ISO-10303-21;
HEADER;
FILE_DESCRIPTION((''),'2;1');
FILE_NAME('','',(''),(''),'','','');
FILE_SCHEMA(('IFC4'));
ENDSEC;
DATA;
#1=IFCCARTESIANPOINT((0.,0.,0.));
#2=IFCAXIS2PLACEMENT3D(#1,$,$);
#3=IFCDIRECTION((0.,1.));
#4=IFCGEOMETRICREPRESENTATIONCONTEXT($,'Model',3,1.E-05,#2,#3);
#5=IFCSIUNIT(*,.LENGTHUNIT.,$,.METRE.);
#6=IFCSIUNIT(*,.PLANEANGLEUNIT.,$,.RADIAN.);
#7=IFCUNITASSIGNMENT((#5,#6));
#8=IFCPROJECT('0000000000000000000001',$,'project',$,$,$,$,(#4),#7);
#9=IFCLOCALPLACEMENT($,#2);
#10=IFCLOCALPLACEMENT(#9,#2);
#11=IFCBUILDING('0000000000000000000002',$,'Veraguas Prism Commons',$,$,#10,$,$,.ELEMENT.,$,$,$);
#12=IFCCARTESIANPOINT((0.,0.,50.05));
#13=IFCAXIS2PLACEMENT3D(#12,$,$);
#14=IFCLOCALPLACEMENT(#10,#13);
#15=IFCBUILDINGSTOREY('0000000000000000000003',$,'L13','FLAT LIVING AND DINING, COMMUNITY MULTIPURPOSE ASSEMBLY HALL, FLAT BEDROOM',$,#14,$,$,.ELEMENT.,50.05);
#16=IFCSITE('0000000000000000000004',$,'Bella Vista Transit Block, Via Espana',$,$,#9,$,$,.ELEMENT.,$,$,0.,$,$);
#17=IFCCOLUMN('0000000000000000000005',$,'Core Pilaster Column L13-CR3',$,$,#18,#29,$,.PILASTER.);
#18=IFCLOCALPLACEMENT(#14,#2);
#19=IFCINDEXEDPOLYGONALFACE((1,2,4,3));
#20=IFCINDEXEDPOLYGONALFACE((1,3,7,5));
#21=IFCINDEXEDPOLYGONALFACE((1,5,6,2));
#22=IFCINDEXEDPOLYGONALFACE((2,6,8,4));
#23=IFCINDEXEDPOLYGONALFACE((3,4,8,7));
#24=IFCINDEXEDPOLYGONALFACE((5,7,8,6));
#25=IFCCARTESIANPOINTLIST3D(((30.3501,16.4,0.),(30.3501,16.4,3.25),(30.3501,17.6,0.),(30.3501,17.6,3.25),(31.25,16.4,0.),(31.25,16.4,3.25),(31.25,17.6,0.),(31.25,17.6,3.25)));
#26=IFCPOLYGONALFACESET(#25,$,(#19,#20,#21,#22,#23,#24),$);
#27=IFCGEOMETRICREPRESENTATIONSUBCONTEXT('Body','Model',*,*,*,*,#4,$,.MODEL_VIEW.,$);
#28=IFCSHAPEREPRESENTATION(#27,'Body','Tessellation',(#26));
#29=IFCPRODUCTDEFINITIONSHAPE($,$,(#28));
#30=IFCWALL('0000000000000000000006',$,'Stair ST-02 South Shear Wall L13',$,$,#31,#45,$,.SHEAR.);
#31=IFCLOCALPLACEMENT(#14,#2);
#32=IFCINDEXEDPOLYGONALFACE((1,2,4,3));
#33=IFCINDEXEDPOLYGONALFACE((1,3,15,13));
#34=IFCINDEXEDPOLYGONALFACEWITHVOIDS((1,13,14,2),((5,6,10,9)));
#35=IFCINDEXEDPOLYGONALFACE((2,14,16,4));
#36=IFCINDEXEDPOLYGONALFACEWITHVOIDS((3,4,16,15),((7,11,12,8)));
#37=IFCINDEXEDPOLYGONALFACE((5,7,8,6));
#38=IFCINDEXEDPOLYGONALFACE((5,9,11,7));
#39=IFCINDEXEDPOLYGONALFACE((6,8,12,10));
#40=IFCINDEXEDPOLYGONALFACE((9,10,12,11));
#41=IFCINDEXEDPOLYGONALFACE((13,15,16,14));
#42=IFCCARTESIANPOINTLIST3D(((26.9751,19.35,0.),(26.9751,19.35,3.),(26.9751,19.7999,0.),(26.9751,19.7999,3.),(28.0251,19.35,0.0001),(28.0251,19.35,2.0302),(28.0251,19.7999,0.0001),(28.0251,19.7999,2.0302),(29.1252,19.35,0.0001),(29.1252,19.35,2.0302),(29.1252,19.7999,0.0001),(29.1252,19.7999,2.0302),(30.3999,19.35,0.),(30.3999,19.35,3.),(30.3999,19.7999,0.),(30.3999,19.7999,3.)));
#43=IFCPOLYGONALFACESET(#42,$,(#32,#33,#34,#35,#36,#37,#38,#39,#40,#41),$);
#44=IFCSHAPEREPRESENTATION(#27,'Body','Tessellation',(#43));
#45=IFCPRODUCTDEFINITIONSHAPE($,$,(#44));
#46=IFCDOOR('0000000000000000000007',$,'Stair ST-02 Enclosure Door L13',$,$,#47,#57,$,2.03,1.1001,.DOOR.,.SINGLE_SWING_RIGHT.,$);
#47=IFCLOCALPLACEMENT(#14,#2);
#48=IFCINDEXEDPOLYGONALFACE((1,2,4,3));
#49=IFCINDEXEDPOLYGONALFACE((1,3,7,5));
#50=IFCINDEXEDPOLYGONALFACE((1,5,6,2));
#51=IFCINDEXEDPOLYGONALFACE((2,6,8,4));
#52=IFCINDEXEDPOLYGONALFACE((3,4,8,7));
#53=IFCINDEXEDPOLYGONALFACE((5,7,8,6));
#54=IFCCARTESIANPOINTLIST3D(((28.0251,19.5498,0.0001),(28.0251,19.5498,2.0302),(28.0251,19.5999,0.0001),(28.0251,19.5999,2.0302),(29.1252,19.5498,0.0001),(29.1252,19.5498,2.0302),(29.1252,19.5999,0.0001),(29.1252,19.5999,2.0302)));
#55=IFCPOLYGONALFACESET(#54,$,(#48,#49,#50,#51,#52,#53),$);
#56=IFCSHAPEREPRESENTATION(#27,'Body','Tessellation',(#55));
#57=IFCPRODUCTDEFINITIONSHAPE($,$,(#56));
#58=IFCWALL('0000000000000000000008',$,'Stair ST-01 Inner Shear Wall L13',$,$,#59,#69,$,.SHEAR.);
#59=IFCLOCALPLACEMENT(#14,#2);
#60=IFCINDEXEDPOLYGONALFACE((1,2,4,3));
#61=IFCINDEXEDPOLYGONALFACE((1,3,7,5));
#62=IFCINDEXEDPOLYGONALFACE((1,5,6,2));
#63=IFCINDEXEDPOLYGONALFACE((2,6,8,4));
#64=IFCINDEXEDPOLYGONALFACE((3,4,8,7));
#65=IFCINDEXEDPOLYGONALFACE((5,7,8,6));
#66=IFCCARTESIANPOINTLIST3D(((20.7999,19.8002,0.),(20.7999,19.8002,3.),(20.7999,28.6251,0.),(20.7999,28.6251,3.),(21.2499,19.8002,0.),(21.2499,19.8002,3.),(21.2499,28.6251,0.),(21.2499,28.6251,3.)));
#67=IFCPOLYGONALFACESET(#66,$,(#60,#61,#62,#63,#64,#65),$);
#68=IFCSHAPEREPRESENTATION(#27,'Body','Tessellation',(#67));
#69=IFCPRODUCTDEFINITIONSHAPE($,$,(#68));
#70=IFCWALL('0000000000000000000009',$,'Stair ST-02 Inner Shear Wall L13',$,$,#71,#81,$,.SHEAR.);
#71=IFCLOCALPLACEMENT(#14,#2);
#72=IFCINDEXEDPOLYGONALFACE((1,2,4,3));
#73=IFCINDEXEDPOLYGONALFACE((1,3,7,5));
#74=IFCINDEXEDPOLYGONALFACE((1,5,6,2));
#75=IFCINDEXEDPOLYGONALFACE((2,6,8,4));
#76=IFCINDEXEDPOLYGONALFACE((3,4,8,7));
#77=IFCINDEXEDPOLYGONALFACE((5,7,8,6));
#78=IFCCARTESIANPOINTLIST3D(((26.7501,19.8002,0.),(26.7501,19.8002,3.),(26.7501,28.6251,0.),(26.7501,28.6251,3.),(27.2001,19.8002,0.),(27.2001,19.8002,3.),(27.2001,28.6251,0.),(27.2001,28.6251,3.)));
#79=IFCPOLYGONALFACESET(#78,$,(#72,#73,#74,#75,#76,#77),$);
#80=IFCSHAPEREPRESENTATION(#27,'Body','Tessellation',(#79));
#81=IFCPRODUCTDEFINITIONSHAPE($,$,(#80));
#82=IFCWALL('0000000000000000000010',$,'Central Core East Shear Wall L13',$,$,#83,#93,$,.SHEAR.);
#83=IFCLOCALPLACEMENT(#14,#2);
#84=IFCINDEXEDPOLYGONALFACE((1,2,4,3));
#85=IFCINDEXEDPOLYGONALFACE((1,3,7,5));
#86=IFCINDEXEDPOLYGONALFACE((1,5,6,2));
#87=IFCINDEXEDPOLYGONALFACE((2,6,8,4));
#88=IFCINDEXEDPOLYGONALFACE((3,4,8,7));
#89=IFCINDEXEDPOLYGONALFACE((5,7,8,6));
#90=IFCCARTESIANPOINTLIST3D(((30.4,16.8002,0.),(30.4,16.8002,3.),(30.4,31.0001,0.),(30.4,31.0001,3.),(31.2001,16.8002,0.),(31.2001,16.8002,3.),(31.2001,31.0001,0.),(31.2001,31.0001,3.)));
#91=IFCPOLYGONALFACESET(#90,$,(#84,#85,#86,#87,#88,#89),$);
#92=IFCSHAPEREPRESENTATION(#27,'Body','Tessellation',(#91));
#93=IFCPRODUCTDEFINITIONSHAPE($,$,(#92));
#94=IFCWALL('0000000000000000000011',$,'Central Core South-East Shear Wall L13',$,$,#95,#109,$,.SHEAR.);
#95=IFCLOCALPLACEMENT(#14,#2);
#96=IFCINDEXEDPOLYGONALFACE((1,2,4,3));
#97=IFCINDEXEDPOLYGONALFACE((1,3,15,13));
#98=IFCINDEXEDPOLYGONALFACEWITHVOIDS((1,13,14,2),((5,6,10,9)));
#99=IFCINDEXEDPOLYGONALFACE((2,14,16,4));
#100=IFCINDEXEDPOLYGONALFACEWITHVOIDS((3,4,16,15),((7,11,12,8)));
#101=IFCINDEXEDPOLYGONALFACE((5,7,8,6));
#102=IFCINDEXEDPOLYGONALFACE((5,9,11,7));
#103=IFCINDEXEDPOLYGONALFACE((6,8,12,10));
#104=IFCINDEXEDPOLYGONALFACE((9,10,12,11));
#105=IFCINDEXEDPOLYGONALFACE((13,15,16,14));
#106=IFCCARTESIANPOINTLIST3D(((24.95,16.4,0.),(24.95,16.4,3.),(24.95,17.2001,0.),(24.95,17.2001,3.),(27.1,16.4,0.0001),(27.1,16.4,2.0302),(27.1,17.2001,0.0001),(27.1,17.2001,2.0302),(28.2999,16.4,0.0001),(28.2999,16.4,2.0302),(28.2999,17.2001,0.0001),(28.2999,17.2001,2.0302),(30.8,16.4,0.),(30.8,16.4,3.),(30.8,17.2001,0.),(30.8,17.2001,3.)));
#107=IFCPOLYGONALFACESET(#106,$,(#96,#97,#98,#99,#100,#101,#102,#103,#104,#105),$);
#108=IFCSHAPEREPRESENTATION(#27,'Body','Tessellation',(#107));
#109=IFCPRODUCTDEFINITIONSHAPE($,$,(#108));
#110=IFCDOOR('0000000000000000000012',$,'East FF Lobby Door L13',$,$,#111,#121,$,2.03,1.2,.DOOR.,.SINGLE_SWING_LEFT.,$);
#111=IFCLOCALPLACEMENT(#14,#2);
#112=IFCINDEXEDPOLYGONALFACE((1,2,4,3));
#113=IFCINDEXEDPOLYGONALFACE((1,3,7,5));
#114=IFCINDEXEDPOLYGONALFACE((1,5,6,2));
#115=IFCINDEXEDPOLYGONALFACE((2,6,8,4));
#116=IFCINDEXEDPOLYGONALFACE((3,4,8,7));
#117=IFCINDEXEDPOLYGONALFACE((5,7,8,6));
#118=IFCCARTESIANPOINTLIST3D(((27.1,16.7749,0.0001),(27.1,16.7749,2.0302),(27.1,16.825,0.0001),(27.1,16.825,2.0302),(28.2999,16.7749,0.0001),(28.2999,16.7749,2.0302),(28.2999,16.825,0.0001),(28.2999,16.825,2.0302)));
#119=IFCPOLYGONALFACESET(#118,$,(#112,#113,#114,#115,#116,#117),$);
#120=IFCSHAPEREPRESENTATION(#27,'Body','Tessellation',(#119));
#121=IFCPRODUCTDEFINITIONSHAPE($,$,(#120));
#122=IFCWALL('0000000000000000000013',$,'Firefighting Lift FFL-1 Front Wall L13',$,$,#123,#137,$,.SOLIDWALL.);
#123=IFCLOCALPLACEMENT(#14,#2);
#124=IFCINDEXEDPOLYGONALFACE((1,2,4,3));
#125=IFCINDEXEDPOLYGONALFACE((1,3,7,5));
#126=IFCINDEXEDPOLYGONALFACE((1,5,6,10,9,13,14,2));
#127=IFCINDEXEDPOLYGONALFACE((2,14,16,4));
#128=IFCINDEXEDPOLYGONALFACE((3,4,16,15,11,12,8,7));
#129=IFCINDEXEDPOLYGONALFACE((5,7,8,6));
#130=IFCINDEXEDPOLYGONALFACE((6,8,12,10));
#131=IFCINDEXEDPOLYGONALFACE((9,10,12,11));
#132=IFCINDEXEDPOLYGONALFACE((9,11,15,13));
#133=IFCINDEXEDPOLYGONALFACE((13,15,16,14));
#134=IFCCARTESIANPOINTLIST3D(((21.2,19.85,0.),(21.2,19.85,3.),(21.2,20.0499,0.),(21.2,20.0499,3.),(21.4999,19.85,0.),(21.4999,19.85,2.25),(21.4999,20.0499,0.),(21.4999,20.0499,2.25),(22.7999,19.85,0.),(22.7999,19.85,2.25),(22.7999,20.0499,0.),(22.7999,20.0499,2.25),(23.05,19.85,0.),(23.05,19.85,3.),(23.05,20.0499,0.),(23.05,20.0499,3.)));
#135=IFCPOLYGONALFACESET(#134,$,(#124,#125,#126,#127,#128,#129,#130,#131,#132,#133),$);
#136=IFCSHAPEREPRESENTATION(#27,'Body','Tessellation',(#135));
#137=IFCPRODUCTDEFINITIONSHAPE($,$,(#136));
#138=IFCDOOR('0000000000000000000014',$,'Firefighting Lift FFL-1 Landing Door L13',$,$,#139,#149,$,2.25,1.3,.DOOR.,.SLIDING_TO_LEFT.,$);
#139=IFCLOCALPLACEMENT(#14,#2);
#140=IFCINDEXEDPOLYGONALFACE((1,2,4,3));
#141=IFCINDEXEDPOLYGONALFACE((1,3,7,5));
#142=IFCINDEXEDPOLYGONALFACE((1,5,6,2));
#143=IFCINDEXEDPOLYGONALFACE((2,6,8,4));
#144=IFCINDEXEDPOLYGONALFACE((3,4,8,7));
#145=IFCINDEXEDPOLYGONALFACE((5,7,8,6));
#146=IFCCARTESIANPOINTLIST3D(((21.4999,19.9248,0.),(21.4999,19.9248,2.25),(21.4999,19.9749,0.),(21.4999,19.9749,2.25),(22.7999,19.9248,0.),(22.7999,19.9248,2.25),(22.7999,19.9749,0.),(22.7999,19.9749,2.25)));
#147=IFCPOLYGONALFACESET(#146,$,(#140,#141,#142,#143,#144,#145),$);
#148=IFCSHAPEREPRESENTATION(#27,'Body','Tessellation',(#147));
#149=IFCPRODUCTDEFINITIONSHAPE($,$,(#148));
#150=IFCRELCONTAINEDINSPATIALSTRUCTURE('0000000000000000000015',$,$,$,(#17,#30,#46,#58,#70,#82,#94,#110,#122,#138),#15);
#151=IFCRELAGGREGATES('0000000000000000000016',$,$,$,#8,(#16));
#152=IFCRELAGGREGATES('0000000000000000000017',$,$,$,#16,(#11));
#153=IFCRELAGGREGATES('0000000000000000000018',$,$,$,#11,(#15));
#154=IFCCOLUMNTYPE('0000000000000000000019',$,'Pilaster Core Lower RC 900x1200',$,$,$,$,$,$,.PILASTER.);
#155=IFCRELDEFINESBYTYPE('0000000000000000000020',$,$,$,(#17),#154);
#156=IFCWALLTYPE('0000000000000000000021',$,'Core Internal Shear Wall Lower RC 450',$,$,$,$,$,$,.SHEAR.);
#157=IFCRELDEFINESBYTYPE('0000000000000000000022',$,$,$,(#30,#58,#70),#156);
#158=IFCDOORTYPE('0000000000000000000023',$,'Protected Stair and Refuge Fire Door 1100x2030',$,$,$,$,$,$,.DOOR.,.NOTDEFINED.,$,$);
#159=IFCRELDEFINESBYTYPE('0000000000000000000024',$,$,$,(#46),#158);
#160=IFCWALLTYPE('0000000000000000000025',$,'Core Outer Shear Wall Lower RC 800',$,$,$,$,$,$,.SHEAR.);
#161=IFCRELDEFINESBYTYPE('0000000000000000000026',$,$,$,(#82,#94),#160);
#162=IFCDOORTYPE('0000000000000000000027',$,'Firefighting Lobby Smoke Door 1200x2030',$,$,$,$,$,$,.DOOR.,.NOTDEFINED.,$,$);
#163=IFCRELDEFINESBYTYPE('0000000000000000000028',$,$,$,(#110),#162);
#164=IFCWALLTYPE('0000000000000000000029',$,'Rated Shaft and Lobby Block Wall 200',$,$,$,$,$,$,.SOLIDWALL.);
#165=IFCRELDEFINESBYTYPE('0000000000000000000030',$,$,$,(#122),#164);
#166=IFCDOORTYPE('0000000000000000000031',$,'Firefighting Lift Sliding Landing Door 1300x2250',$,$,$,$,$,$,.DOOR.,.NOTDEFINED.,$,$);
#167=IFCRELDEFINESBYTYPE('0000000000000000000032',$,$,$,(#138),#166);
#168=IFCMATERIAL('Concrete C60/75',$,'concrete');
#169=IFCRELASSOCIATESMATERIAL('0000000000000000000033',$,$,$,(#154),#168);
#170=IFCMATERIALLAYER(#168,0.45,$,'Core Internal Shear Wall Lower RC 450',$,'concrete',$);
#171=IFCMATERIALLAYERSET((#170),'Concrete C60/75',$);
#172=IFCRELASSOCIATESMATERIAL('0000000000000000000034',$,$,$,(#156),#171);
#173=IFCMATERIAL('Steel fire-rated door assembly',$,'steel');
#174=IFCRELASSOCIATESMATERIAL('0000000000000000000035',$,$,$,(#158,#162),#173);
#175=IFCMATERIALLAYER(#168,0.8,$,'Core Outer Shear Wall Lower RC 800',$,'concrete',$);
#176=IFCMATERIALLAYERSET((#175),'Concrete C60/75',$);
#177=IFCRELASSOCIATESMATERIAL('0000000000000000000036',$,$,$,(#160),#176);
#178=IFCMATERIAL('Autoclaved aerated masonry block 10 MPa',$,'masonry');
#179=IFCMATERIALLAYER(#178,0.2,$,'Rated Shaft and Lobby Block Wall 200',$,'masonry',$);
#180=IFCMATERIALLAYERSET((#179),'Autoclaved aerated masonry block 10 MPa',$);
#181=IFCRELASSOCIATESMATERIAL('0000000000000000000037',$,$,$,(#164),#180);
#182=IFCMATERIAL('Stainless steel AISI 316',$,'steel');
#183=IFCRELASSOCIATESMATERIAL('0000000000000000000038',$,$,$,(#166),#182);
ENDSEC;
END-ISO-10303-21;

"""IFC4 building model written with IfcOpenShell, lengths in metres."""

from ifc_helpers import new_model, si_unit, direction, frame, frame_2d, origin, origin_2d, place, context, subcontext, project, spatial, rectangle, extrude, source, transform, mapped, material, layer, layer_set, material_profile, profile_set, type_object, element, fill, save


model = new_model("IFC4")

# Units and contexts
model_context = context("Model", 3, precision=1e-05, world=origin(), true_north=direction((0.0, 1.0)))
body_context = subcontext(model_context, "Body", "Model", "MODEL_VIEW")
ifc_project = project(units=[si_unit("LENGTHUNIT", "METRE"), si_unit("PLANEANGLEUNIT", "RADIAN")], contexts=[model_context])

# Site, building, storey
site_placement = place(None, origin())
site = spatial("IfcSite", under=ifc_project, at=site_placement, Name="Bella Vista Transit Block, Via Espana", CompositionType="ELEMENT", RefElevation=0.0)
building_placement = place(site_placement, origin())
building = spatial("IfcBuilding", under=site, at=building_placement, Name="Veraguas Prism Commons", CompositionType="ELEMENT")
storey_placement = place(building_placement, frame((0.0, 0.0, 50.05)))
storey = spatial("IfcBuildingStorey", under=building, at=storey_placement, Name="L13", Description="FLAT LIVING AND DINING, COMMUNITY MULTIPURPOSE ASSEMBLY HALL, FLAT BEDROOM", CompositionType="ELEMENT", Elevation=50.05)

# Column
ifc_material_1 = material(Name="Concrete C60/75", Category="concrete")
ifc_material_profile = material_profile(ifc_material_1, rectangle(XDim=0.8999, YDim=1.2, at=origin_2d()), Name="RC900X1200")
ifc_profile_set = profile_set([ifc_material_profile], Name="Concrete C60/75")
column_type = type_object("IfcColumnType", Name="Pilaster Core Lower RC 900x1200", PredefinedType="PILASTER", material=ifc_profile_set)
column_placement = place(storey_placement, frame((30.8, 17.0, 0.0), z_axis=(0.0, 0.0, 1.0), x_axis=(1.0, 0.0, 0.0)))
element("IfcColumn", 1, at=column_placement, inside=storey, type_object=column_type, Name="Core Pilaster Column L13-CR3", PredefinedType="PILASTER", context=body_context, shape_type="SweptSolid", body=[
    extrude(rectangle(XDim=0.8999, YDim=1.2, at=origin_2d()), origin(), (0.0, 0.0, 1.0), 3.25),
])

# Wall, opening, door
ifc_layer_1 = layer(ifc_material_1, 0.45, Name="Core Internal Shear Wall Lower RC 450", Category="concrete")
ifc_layer_set_1 = layer_set([ifc_layer_1], Name="Concrete C60/75")
wall_type_1 = type_object("IfcWallType", Name="Core Internal Shear Wall Lower RC 450", PredefinedType="SHEAR", material=ifc_layer_set_1)
wall_1_placement = place(storey_placement, frame((26.9751, 19.575, 0.0), z_axis=(0.0, 0.0, 1.0), x_axis=(1.0, 0.0, 0.0)))
wall_1 = element("IfcWall", 2, at=wall_1_placement, inside=storey, type_object=wall_type_1, Name="Stair ST-02 South Shear Wall L13", PredefinedType="SHEAR", context=body_context, shape_type="SweptSolid", body=[
    extrude(rectangle(XDim=3.4248, YDim=0.45, at=frame_2d((1.7124, 0.0))), origin(), (0.0, 0.0, 1.0), 3.0),
])
opening_1_placement = place(wall_1_placement, frame((1.05, 0.0, 0.0)))
opening_1 = element("IfcOpeningElement", 3, at=opening_1_placement, cuts=wall_1, PredefinedType="OPENING", context=body_context, shape_type="SweptSolid", body=[
    extrude(rectangle(XDim=1.1001, YDim=2.03, at=frame_2d((0.55, 1.0151))), frame((0.0, 0.2349, 0.0), z_axis=(0.0, -1.0, 0.0), x_axis=(1.0, 0.0, 0.0)), (0.0, 0.0, 1.0), 0.47),
])
ifc_material_2 = material(Name="Steel fire-rated door assembly", Category="steel")
door_type_1 = type_object("IfcDoorType", Name="Protected Stair and Refuge Fire Door 1100x2030", OperationType="NOTDEFINED", PredefinedType="DOOR", material=ifc_material_2)
shared_shape_1 = source(origin(), body_context, "Body", "SweptSolid", [
    extrude(rectangle(XDim=1.1001, YDim=2.03, at=frame_2d((0.55, 1.0151))), frame((0.0, 0.0249, 0.0), z_axis=(0.0, -1.0, 0.0), x_axis=(1.0, 0.0, 0.0)), (0.0, 0.0, 1.0), 0.05),
])
door_1_placement = place(opening_1_placement, origin())
door_1 = element("IfcDoor", 4, at=door_1_placement, inside=storey, type_object=door_type_1, Name="Stair ST-02 Enclosure Door L13", OperationType="SINGLE_SWING_RIGHT", OverallHeight=2.03, OverallWidth=1.1001, PredefinedType="DOOR", context=body_context, shape_type="MappedRepresentation", body=[
    mapped(shared_shape_1, transform((0.0, 0.0, 0.0), scale=1.0)),
])
fill(opening_1, door_1)

# Walls
for number, where, z_axis, x_axis, name in (
    (5, (21.0249, 19.8, 0.0), (0.0, 0.0, 1.0), (0.0, 1.0, 0.0), "Stair ST-01 Inner Shear Wall L13"),
    (6, (26.9751, 19.8, 0.0), (0.0, 0.0, 1.0), (0.0, 1.0, 0.0), "Stair ST-02 Inner Shear Wall L13"),
):
    element("IfcWall", number, at=place(storey_placement, frame(where, z_axis=z_axis, x_axis=x_axis)), inside=storey, type_object=wall_type_1, Name=name, PredefinedType="SHEAR", context=body_context, shape_type="SweptSolid", body=[
        extrude(rectangle(XDim=8.825, YDim=0.45, at=frame_2d((4.4126, 0.0))), origin(), (0.0, 0.0, 1.0), 3.0),
    ])
ifc_layer_2 = layer(ifc_material_1, 0.8, Name="Core Outer Shear Wall Lower RC 800", Category="concrete")
ifc_layer_set_2 = layer_set([ifc_layer_2], Name="Concrete C60/75")
wall_type_2 = type_object("IfcWallType", Name="Core Outer Shear Wall Lower RC 800", PredefinedType="SHEAR", material=ifc_layer_set_2)
wall_2_placement = place(storey_placement, frame((30.8, 16.8, 0.0), z_axis=(0.0, 0.0, 1.0), x_axis=(0.0, 1.0, 0.0)))
element("IfcWall", 7, at=wall_2_placement, inside=storey, type_object=wall_type_2, Name="Central Core East Shear Wall L13", PredefinedType="SHEAR", context=body_context, shape_type="SweptSolid", body=[
    extrude(rectangle(XDim=14.2, YDim=0.8, at=frame_2d((7.1001, 0.0))), origin(), (0.0, 0.0, 1.0), 3.0),
])

# Walls, openings, doors
wall_3_placement = place(storey_placement, frame((24.95, 16.8, 0.0), z_axis=(0.0, 0.0, 1.0), x_axis=(1.0, 0.0, 0.0)))
wall_3 = element("IfcWall", 8, at=wall_3_placement, inside=storey, type_object=wall_type_2, Name="Central Core South-East Shear Wall L13", PredefinedType="SHEAR", context=body_context, shape_type="SweptSolid", body=[
    extrude(rectangle(XDim=5.8501, YDim=0.8, at=frame_2d((2.925, 0.0))), origin(), (0.0, 0.0, 1.0), 3.0),
])
opening_2_placement = place(wall_3_placement, frame((2.1499, 0.0, 0.0)))
opening_2 = element("IfcOpeningElement", 9, at=opening_2_placement, cuts=wall_3, PredefinedType="OPENING", context=body_context, shape_type="SweptSolid", body=[
    extrude(rectangle(XDim=1.2, YDim=2.03, at=frame_2d((0.6001, 1.0151))), frame((0.0, 0.4099, 0.0), z_axis=(0.0, -1.0, 0.0), x_axis=(1.0, 0.0, 0.0)), (0.0, 0.0, 1.0), 0.8201),
])
door_type_2 = type_object("IfcDoorType", Name="Firefighting Lobby Smoke Door 1200x2030", OperationType="NOTDEFINED", PredefinedType="DOOR", material=ifc_material_2)
shared_shape_2 = source(origin(), body_context, "Body", "SweptSolid", [
    extrude(rectangle(XDim=1.2, YDim=2.03, at=frame_2d((0.6001, 1.0151))), frame((0.0, 0.0249, 0.0), z_axis=(0.0, -1.0, 0.0), x_axis=(1.0, 0.0, 0.0)), (0.0, 0.0, 1.0), 0.05),
])
door_2_placement = place(opening_2_placement, origin())
door_2 = element("IfcDoor", 10, at=door_2_placement, inside=storey, type_object=door_type_2, Name="East FF Lobby Door L13", OperationType="SINGLE_SWING_LEFT", OverallHeight=2.03, OverallWidth=1.2, PredefinedType="DOOR", context=body_context, shape_type="MappedRepresentation", body=[
    mapped(shared_shape_2, transform((0.0, 0.0, 0.0), scale=1.0)),
])
fill(opening_2, door_2)
ifc_material_3 = material(Name="Autoclaved aerated masonry block 10 MPa", Category="masonry")
ifc_layer_3 = layer(ifc_material_3, 0.2, Name="Rated Shaft and Lobby Block Wall 200", Category="masonry")
ifc_layer_set_3 = layer_set([ifc_layer_3], Name="Autoclaved aerated masonry block 10 MPa")
wall_type_3 = type_object("IfcWallType", Name="Rated Shaft and Lobby Block Wall 200", PredefinedType="SOLIDWALL", material=ifc_layer_set_3)
wall_4_placement = place(storey_placement, frame((21.2, 19.95, 0.0), z_axis=(0.0, 0.0, 1.0), x_axis=(1.0, 0.0, 0.0)))
wall_4 = element("IfcWall", 11, at=wall_4_placement, inside=storey, type_object=wall_type_3, Name="Firefighting Lift FFL-1 Front Wall L13", PredefinedType="SOLIDWALL", context=body_context, shape_type="SweptSolid", body=[
    extrude(rectangle(XDim=1.8501, YDim=0.2, at=frame_2d((0.925, 0.0))), origin(), (0.0, 0.0, 1.0), 3.0),
])
opening_3_placement = place(wall_4_placement, frame((0.3, 0.0, 0.0)))
opening_3 = element("IfcOpeningElement", 12, at=opening_3_placement, cuts=wall_4, PredefinedType="OPENING", context=body_context, shape_type="SweptSolid", body=[
    extrude(rectangle(XDim=1.3, YDim=2.25, at=frame_2d((0.6499, 1.125))), frame((0.0, 0.1099, 0.0), z_axis=(0.0, -1.0, 0.0), x_axis=(1.0, 0.0, 0.0)), (0.0, 0.0, 1.0), 0.22),
])
ifc_material_4 = material(Name="Stainless steel AISI 316", Category="steel")
door_type_3 = type_object("IfcDoorType", Name="Firefighting Lift Sliding Landing Door 1300x2250", OperationType="NOTDEFINED", PredefinedType="DOOR", material=ifc_material_4)
shared_shape_3 = source(origin(), body_context, "Body", "SweptSolid", [
    extrude(rectangle(XDim=1.3, YDim=2.25, at=frame_2d((0.6499, 1.125))), frame((0.0, 0.0249, 0.0), z_axis=(0.0, -1.0, 0.0), x_axis=(1.0, 0.0, 0.0)), (0.0, 0.0, 1.0), 0.05),
])
door_3_placement = place(opening_3_placement, origin())
door_3 = element("IfcDoor", 13, at=door_3_placement, inside=storey, type_object=door_type_3, Name="Firefighting Lift FFL-1 Landing Door L13", OperationType="SLIDING_TO_LEFT", OverallHeight=2.25, OverallWidth=1.3, PredefinedType="DOOR", context=body_context, shape_type="MappedRepresentation", body=[
    mapped(shared_shape_3, transform((0.0, 0.0, 0.0), scale=1.0)),
])
fill(opening_3, door_3)

save(model, "model.ifc")
